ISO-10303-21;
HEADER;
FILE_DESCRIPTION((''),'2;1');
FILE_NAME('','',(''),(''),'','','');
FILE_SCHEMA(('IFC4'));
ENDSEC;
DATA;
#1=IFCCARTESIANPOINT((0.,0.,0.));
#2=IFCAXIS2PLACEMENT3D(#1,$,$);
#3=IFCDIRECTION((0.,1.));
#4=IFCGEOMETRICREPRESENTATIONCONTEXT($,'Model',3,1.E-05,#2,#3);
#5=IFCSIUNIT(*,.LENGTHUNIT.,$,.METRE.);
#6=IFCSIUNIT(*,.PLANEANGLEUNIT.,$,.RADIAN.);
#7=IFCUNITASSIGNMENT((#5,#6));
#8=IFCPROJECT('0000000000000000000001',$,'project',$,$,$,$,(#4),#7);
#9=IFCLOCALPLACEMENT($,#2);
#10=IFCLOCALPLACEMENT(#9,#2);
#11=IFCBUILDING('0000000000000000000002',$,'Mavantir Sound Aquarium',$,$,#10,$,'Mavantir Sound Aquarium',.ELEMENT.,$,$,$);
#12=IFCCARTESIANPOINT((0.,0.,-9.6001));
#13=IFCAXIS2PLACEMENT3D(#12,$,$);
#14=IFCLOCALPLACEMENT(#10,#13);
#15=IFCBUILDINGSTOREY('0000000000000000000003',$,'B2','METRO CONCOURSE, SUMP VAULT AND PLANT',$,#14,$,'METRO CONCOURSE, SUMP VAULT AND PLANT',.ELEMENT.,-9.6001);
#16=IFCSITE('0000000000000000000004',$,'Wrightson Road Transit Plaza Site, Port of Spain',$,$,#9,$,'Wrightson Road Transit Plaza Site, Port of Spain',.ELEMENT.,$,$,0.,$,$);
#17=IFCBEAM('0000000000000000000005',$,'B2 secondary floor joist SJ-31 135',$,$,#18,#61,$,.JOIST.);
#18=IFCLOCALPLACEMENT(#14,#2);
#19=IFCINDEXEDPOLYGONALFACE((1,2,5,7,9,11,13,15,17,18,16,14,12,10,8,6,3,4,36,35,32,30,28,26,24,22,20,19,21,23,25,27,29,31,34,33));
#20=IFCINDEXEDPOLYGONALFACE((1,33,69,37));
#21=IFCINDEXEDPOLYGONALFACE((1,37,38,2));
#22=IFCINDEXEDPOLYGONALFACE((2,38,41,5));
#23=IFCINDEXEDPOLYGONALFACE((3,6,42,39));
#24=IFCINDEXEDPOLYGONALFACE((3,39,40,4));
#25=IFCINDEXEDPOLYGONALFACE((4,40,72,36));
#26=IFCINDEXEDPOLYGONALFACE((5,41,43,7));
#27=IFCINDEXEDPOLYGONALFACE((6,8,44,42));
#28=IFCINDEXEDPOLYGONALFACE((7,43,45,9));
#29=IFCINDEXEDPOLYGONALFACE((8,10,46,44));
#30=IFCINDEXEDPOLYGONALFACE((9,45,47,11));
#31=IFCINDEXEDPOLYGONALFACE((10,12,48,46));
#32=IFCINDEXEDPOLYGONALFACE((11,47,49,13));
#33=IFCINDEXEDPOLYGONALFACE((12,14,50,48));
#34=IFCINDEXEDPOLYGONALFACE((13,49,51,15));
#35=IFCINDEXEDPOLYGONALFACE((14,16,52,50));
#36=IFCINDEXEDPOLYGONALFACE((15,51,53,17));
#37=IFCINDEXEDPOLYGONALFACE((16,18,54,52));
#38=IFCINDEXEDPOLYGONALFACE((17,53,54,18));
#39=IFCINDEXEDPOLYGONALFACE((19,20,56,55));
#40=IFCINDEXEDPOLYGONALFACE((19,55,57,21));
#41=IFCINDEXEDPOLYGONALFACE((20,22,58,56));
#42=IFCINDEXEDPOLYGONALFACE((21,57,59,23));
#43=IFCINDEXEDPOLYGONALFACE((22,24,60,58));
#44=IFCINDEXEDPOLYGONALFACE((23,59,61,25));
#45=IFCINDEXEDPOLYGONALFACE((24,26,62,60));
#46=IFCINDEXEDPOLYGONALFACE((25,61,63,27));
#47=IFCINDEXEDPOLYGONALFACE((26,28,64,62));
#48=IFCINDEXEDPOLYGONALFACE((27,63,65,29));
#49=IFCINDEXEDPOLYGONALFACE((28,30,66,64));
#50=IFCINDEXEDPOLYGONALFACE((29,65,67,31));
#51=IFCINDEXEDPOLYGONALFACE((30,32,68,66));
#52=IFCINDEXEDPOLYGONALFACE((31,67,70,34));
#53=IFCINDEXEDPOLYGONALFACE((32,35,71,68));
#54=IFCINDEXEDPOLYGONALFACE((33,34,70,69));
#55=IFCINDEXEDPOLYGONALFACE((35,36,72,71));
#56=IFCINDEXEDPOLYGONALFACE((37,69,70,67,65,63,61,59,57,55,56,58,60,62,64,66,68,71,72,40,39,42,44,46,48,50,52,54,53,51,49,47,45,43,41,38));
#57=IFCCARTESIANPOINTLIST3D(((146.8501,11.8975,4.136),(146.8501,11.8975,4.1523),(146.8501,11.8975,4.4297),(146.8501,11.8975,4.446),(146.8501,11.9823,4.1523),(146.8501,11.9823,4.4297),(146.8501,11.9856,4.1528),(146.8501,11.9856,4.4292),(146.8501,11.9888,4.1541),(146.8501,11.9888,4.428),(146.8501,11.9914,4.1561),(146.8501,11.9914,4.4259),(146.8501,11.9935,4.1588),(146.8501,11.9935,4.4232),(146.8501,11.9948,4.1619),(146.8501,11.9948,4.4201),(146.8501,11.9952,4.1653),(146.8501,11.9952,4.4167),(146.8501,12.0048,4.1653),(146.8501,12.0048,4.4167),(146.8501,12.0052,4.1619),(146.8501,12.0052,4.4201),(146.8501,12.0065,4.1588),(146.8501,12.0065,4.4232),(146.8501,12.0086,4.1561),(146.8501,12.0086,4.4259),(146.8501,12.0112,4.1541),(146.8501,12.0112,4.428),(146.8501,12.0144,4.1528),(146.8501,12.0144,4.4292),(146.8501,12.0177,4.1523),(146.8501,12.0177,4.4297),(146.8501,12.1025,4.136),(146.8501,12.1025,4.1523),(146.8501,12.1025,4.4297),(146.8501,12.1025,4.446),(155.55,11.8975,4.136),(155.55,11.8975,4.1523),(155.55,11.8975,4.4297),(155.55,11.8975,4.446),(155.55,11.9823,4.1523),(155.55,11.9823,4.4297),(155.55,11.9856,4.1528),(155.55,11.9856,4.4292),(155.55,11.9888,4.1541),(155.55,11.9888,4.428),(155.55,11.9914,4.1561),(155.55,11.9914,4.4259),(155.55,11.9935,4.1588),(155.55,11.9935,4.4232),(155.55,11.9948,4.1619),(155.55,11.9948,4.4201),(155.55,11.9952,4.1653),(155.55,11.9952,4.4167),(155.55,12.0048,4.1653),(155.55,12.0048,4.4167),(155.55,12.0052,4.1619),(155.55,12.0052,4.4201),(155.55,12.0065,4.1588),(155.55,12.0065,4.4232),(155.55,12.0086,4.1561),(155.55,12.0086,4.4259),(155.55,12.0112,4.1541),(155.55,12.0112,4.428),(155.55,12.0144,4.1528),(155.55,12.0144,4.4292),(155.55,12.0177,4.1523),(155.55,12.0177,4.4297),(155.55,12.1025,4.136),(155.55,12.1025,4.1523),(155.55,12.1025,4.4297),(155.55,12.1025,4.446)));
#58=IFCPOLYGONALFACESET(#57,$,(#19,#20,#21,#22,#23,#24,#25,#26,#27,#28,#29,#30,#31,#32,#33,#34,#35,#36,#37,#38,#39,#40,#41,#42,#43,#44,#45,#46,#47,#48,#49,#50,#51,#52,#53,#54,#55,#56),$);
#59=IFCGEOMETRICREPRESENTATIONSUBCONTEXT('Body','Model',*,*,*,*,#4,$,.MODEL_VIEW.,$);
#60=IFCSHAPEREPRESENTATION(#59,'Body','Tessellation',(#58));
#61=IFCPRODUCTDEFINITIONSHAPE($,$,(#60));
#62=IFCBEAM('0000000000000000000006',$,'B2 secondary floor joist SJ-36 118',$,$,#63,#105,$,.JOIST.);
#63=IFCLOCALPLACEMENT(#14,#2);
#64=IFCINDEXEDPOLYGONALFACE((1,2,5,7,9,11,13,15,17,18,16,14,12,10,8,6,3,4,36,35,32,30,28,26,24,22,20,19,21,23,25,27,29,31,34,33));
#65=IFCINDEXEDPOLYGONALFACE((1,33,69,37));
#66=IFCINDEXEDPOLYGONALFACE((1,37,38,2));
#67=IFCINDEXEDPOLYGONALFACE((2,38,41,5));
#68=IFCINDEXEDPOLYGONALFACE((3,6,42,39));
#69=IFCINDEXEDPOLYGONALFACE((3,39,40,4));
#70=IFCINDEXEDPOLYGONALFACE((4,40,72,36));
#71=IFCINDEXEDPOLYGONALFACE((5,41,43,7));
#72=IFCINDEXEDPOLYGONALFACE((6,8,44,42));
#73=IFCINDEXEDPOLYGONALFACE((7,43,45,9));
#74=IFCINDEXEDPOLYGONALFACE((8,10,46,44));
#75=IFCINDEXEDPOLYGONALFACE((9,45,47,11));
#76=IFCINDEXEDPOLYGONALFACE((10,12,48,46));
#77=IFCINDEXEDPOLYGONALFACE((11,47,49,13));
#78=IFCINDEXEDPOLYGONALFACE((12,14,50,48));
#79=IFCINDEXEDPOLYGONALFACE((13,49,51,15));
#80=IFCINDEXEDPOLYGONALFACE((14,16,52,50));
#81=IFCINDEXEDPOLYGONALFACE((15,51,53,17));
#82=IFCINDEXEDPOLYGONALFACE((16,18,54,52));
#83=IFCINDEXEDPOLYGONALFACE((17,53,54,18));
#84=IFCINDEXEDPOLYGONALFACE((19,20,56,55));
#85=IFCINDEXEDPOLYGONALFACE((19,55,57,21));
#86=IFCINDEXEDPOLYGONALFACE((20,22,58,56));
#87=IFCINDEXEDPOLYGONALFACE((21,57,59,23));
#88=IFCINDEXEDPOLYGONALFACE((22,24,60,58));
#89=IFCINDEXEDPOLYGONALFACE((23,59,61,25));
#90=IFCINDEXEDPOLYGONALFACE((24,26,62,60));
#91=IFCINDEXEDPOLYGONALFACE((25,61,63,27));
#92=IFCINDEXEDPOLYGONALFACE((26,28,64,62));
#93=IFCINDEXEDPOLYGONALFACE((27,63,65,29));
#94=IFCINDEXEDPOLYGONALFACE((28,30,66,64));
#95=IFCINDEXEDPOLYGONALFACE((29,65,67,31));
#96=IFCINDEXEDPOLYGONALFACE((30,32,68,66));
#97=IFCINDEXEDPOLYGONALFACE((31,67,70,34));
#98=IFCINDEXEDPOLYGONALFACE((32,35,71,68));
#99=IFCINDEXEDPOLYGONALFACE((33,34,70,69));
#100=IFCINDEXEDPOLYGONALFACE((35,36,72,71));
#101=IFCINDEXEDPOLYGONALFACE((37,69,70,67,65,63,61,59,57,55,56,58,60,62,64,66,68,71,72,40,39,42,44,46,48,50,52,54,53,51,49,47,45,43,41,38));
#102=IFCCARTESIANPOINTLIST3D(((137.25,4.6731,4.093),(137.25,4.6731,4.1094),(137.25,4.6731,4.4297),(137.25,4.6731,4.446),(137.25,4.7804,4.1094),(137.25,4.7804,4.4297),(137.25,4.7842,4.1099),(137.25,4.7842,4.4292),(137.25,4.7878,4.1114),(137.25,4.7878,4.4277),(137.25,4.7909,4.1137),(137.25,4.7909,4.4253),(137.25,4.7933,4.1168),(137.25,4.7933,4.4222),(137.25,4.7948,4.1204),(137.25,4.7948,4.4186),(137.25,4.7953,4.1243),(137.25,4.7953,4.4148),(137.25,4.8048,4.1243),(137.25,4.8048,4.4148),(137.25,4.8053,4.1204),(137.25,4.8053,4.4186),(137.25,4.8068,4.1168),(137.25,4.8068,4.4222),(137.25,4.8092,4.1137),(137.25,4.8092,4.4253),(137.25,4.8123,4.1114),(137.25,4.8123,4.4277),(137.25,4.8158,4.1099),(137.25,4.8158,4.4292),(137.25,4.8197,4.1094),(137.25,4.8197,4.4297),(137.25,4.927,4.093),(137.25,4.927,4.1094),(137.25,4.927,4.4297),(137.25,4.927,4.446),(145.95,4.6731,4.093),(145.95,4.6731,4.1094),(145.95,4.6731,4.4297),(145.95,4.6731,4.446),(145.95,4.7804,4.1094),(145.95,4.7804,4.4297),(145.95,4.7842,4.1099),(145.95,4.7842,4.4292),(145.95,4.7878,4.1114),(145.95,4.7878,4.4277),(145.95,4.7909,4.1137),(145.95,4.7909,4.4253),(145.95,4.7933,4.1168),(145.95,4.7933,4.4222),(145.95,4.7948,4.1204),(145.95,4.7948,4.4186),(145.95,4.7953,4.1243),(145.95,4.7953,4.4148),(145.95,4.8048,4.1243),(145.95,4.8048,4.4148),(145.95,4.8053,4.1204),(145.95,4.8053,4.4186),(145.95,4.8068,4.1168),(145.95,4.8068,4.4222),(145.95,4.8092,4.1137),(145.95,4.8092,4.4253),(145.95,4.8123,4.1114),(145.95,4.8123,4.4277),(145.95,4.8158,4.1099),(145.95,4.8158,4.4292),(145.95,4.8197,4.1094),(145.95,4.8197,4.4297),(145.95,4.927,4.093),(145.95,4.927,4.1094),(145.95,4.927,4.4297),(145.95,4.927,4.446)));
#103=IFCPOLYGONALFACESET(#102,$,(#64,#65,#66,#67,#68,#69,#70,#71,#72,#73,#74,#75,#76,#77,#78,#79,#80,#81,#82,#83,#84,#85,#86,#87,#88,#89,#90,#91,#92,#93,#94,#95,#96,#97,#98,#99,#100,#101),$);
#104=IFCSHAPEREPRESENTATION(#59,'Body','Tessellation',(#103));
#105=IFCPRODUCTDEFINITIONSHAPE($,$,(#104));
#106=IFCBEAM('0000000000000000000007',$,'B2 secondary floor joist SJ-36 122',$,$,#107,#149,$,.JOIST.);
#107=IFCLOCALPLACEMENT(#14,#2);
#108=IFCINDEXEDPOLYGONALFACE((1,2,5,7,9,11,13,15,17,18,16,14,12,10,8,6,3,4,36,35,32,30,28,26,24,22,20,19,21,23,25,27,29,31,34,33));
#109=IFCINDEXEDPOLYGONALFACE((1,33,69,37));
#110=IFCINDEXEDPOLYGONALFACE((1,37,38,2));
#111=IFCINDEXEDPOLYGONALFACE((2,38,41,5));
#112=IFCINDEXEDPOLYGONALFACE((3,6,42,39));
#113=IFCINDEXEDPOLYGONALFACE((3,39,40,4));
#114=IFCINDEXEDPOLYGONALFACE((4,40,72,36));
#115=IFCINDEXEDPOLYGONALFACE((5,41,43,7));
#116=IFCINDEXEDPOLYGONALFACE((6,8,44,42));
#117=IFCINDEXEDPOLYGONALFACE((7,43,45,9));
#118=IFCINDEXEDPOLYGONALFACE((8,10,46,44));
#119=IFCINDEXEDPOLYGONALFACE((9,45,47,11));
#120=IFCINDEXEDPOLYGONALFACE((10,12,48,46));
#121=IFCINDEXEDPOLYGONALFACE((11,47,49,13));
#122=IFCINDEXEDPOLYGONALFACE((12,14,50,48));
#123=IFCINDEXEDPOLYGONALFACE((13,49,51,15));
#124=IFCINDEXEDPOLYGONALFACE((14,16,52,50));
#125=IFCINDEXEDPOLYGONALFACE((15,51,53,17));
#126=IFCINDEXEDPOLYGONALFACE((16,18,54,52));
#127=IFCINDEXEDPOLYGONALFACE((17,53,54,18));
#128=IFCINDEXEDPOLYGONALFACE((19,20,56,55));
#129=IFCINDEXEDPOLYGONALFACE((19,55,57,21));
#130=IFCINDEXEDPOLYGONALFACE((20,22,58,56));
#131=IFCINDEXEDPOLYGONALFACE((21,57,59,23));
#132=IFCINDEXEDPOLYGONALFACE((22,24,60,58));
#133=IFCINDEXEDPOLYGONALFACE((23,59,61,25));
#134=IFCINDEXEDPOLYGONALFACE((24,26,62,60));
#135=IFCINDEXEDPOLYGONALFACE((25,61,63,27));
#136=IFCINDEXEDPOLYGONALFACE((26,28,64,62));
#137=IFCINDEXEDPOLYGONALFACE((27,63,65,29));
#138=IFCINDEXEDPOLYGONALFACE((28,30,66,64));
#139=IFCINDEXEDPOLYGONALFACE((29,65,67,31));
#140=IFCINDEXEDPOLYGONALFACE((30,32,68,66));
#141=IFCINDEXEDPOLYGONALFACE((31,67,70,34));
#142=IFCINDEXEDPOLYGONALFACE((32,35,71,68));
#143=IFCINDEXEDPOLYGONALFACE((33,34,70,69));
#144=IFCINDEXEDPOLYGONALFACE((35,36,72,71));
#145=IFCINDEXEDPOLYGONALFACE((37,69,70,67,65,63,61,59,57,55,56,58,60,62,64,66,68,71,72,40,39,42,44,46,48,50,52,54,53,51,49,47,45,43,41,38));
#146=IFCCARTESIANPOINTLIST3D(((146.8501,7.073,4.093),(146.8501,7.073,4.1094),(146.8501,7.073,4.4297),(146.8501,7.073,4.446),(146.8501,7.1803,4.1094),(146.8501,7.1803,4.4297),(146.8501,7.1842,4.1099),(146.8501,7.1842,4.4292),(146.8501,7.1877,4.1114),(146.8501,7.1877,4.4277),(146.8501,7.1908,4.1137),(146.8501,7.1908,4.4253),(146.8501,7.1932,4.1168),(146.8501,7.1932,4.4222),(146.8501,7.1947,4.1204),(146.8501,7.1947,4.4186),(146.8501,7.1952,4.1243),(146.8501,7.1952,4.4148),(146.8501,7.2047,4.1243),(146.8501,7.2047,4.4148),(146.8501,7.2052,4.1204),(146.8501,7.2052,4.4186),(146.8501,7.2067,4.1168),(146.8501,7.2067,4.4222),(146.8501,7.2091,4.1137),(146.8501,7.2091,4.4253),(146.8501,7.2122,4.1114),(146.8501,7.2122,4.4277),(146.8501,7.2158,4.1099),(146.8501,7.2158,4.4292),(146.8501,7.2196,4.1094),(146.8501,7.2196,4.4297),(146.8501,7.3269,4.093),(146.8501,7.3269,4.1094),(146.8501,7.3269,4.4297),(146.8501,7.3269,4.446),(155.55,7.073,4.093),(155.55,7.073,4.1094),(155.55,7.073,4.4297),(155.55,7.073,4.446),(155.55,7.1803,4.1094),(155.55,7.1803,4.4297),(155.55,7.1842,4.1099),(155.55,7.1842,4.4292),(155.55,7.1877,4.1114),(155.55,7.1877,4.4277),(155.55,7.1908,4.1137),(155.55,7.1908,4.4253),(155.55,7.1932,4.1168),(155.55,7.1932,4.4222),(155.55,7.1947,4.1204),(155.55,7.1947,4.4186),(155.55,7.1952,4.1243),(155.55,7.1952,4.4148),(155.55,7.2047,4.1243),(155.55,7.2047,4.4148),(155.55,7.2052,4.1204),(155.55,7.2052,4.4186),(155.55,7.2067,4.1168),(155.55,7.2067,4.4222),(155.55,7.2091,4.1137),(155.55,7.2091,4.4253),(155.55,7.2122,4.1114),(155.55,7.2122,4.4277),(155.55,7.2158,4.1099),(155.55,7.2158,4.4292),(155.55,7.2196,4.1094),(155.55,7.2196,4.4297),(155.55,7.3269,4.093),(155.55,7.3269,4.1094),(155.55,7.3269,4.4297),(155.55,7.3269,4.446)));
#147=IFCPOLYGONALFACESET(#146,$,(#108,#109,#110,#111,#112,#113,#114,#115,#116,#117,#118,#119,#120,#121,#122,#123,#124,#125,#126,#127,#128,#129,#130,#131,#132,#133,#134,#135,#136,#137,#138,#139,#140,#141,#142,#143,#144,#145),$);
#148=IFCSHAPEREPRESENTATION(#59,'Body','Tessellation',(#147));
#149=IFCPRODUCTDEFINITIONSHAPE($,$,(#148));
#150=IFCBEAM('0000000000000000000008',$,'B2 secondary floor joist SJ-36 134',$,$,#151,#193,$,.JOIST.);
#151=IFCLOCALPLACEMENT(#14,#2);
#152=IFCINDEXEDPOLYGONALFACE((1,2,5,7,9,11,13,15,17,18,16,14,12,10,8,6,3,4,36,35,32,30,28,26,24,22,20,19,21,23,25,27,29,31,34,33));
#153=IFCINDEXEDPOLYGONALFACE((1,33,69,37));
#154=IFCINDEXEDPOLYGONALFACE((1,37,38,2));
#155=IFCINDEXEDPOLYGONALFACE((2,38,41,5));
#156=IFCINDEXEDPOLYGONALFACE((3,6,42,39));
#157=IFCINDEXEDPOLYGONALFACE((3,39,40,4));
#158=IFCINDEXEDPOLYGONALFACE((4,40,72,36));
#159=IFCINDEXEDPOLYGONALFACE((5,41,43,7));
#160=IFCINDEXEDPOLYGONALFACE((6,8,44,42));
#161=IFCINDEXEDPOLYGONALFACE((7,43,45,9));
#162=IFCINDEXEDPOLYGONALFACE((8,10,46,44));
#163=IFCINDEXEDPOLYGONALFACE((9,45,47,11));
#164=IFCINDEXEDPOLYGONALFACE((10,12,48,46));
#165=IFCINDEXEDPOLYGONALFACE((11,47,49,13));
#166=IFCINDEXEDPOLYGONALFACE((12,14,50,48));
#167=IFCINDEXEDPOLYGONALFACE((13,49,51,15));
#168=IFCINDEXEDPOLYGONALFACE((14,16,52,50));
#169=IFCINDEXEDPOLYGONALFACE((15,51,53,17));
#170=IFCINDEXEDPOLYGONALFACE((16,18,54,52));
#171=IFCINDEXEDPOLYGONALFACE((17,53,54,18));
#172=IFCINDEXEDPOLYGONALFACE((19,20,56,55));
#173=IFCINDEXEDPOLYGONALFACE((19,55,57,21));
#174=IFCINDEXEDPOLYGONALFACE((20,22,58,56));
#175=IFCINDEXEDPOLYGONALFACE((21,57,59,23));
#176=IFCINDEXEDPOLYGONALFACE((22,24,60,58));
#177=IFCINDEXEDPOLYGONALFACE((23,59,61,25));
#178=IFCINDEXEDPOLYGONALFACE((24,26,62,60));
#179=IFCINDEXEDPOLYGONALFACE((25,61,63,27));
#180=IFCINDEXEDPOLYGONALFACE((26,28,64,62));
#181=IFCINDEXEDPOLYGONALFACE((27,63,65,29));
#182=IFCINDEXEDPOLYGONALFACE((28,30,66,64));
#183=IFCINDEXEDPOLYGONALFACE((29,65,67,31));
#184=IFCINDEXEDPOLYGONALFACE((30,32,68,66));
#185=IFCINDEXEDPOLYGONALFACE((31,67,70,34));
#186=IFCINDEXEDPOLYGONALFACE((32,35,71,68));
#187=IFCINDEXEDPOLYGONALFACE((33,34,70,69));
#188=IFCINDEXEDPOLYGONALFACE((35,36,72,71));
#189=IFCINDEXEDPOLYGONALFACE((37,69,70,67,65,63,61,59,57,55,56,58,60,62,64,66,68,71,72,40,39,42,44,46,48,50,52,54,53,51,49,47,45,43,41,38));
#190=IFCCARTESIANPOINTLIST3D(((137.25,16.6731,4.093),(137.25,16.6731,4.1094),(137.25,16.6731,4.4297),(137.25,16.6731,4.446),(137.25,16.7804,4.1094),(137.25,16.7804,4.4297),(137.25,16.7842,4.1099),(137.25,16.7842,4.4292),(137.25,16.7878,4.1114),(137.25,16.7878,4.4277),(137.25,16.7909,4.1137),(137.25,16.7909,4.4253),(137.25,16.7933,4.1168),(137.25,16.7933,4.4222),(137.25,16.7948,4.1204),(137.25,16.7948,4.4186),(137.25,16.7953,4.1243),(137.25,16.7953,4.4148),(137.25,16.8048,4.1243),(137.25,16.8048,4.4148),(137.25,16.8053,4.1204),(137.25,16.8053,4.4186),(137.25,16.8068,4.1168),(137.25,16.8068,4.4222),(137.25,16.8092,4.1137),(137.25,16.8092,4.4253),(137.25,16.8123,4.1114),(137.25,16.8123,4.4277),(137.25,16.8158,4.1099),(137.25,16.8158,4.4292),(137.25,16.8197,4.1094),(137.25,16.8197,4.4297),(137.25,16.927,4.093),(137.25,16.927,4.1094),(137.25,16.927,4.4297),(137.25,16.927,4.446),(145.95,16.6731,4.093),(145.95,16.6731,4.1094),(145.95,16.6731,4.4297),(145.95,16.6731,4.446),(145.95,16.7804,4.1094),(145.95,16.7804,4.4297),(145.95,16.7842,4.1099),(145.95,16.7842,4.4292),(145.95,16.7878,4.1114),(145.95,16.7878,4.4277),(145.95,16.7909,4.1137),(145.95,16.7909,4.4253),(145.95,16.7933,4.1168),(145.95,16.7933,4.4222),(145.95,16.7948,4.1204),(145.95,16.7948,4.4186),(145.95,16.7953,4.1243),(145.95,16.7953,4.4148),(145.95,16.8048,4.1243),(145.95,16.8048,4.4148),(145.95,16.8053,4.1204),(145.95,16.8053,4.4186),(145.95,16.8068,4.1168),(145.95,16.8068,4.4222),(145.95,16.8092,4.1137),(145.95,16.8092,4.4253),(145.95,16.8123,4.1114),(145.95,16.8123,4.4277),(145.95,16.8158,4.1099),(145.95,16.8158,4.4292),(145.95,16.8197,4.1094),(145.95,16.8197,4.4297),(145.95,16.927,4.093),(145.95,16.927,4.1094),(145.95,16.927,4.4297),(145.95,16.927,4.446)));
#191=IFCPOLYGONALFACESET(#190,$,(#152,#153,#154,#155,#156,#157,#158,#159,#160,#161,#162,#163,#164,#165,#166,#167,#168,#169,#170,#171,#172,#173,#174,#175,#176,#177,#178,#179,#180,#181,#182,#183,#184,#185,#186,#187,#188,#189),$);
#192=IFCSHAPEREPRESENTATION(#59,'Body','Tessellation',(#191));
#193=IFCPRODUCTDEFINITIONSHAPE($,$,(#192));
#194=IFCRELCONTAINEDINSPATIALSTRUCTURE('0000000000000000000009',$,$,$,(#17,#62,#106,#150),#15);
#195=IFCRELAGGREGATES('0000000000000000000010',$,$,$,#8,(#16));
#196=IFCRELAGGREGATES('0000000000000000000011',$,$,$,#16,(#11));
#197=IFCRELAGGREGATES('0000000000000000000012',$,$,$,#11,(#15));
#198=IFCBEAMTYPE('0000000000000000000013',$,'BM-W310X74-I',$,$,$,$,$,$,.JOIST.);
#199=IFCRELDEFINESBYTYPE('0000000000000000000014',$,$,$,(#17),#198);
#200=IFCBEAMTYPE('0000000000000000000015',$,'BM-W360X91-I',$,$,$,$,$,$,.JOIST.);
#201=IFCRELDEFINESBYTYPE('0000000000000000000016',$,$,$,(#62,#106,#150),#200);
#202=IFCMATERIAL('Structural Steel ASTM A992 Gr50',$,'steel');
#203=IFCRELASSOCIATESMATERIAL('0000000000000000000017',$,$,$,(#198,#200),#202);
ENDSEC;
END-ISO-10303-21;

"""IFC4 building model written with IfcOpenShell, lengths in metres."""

from ifc_helpers import new_model, si_unit, direction, frame, origin, origin_2d, place, context, subcontext, project, spatial, i_section, extrude, material, material_profile, profile_set, type_object, element, save


model = new_model("IFC4")

# Units and contexts
model_context = context("Model", 3, precision=1e-05, world=origin(), true_north=direction((0.0, 1.0)))
body_context = subcontext(model_context, "Body", "Model", "MODEL_VIEW")
ifc_project = project(units=[si_unit("LENGTHUNIT", "METRE"), si_unit("PLANEANGLEUNIT", "RADIAN")], contexts=[model_context])

# Site, building, storey
site_placement = place(None, origin())
site = spatial("IfcSite", under=ifc_project, at=site_placement, Name="Wrightson Road Transit Plaza Site, Port of Spain", LongName="Wrightson Road Transit Plaza Site, Port of Spain", CompositionType="ELEMENT", RefElevation=0.0)
building_placement = place(site_placement, origin())
building = spatial("IfcBuilding", under=site, at=building_placement, Name="Mavantir Sound Aquarium", LongName="Mavantir Sound Aquarium", CompositionType="ELEMENT")
storey_placement = place(building_placement, frame((0.0, 0.0, -9.6001)))
storey = spatial("IfcBuildingStorey", under=building, at=storey_placement, Name="B2", Description="METRO CONCOURSE, SUMP VAULT AND PLANT", LongName="METRO CONCOURSE, SUMP VAULT AND PLANT", CompositionType="ELEMENT", Elevation=-9.6001)

# Beams
ifc_material_1 = material(Name="Structural Steel ASTM A992 Gr50", Category="steel")
ifc_material_profile_1 = material_profile(ifc_material_1, i_section(OverallWidth=0.2051, OverallDepth=0.3101, WebThickness=0.0095, FlangeThickness=0.0164, FilletRadius=0.0129, at=origin_2d()), Name="W310X74")
ifc_profile_set_1 = profile_set([ifc_material_profile_1], Name="Structural Steel ASTM A992 Gr50")
beam_type_1 = type_object("IfcBeamType", Name="BM-W310X74-I", PredefinedType="JOIST", material=ifc_profile_set_1)
for number, where, z_axis, x_axis, name in (
    (1, (146.8501, 12.0, 4.291), (1.0, 0.0, 0.0), (0.0, 1.0, 0.0), "B2 secondary floor joist SJ-31 135"),
):
    element("IfcBeam", number, at=place(storey_placement, frame(where, z_axis=z_axis, x_axis=x_axis)), inside=storey, type_object=beam_type_1, Name=name, PredefinedType="JOIST", context=body_context, shape_type="SweptSolid", body=[
        extrude(i_section(OverallWidth=0.2051, OverallDepth=0.3101, WebThickness=0.0095, FlangeThickness=0.0164, FilletRadius=0.0129, at=origin_2d()), origin(), (0.0, 0.0, 1.0), 8.7),
    ])
ifc_material_profile_2 = material_profile(ifc_material_1, i_section(OverallWidth=0.2539, OverallDepth=0.353, WebThickness=0.0095, FlangeThickness=0.0164, FilletRadius=0.0149, at=origin_2d()), Name="W360X91")
ifc_profile_set_2 = profile_set([ifc_material_profile_2], Name="Structural Steel ASTM A992 Gr50")
beam_type_2 = type_object("IfcBeamType", Name="BM-W360X91-I", PredefinedType="JOIST", material=ifc_profile_set_2)
for number, where, z_axis, x_axis, name in (
    (2, (137.25, 4.8, 4.2695), (1.0, 0.0, 0.0), (0.0, 1.0, 0.0), "B2 secondary floor joist SJ-36 118"),
    (3, (146.8501, 7.2, 4.2695), (1.0, 0.0, 0.0), (0.0, 1.0, 0.0), "B2 secondary floor joist SJ-36 122"),
    (4, (137.25, 16.8, 4.2695), (1.0, 0.0, 0.0), (0.0, 1.0, 0.0), "B2 secondary floor joist SJ-36 134"),
):
    element("IfcBeam", number, at=place(storey_placement, frame(where, z_axis=z_axis, x_axis=x_axis)), inside=storey, type_object=beam_type_2, Name=name, PredefinedType="JOIST", context=body_context, shape_type="SweptSolid", body=[
        extrude(i_section(OverallWidth=0.2539, OverallDepth=0.353, WebThickness=0.0095, FlangeThickness=0.0164, FilletRadius=0.0149, at=origin_2d()), origin(), (0.0, 0.0, 1.0), 8.7),
    ])

save(model, "model.ifc")
